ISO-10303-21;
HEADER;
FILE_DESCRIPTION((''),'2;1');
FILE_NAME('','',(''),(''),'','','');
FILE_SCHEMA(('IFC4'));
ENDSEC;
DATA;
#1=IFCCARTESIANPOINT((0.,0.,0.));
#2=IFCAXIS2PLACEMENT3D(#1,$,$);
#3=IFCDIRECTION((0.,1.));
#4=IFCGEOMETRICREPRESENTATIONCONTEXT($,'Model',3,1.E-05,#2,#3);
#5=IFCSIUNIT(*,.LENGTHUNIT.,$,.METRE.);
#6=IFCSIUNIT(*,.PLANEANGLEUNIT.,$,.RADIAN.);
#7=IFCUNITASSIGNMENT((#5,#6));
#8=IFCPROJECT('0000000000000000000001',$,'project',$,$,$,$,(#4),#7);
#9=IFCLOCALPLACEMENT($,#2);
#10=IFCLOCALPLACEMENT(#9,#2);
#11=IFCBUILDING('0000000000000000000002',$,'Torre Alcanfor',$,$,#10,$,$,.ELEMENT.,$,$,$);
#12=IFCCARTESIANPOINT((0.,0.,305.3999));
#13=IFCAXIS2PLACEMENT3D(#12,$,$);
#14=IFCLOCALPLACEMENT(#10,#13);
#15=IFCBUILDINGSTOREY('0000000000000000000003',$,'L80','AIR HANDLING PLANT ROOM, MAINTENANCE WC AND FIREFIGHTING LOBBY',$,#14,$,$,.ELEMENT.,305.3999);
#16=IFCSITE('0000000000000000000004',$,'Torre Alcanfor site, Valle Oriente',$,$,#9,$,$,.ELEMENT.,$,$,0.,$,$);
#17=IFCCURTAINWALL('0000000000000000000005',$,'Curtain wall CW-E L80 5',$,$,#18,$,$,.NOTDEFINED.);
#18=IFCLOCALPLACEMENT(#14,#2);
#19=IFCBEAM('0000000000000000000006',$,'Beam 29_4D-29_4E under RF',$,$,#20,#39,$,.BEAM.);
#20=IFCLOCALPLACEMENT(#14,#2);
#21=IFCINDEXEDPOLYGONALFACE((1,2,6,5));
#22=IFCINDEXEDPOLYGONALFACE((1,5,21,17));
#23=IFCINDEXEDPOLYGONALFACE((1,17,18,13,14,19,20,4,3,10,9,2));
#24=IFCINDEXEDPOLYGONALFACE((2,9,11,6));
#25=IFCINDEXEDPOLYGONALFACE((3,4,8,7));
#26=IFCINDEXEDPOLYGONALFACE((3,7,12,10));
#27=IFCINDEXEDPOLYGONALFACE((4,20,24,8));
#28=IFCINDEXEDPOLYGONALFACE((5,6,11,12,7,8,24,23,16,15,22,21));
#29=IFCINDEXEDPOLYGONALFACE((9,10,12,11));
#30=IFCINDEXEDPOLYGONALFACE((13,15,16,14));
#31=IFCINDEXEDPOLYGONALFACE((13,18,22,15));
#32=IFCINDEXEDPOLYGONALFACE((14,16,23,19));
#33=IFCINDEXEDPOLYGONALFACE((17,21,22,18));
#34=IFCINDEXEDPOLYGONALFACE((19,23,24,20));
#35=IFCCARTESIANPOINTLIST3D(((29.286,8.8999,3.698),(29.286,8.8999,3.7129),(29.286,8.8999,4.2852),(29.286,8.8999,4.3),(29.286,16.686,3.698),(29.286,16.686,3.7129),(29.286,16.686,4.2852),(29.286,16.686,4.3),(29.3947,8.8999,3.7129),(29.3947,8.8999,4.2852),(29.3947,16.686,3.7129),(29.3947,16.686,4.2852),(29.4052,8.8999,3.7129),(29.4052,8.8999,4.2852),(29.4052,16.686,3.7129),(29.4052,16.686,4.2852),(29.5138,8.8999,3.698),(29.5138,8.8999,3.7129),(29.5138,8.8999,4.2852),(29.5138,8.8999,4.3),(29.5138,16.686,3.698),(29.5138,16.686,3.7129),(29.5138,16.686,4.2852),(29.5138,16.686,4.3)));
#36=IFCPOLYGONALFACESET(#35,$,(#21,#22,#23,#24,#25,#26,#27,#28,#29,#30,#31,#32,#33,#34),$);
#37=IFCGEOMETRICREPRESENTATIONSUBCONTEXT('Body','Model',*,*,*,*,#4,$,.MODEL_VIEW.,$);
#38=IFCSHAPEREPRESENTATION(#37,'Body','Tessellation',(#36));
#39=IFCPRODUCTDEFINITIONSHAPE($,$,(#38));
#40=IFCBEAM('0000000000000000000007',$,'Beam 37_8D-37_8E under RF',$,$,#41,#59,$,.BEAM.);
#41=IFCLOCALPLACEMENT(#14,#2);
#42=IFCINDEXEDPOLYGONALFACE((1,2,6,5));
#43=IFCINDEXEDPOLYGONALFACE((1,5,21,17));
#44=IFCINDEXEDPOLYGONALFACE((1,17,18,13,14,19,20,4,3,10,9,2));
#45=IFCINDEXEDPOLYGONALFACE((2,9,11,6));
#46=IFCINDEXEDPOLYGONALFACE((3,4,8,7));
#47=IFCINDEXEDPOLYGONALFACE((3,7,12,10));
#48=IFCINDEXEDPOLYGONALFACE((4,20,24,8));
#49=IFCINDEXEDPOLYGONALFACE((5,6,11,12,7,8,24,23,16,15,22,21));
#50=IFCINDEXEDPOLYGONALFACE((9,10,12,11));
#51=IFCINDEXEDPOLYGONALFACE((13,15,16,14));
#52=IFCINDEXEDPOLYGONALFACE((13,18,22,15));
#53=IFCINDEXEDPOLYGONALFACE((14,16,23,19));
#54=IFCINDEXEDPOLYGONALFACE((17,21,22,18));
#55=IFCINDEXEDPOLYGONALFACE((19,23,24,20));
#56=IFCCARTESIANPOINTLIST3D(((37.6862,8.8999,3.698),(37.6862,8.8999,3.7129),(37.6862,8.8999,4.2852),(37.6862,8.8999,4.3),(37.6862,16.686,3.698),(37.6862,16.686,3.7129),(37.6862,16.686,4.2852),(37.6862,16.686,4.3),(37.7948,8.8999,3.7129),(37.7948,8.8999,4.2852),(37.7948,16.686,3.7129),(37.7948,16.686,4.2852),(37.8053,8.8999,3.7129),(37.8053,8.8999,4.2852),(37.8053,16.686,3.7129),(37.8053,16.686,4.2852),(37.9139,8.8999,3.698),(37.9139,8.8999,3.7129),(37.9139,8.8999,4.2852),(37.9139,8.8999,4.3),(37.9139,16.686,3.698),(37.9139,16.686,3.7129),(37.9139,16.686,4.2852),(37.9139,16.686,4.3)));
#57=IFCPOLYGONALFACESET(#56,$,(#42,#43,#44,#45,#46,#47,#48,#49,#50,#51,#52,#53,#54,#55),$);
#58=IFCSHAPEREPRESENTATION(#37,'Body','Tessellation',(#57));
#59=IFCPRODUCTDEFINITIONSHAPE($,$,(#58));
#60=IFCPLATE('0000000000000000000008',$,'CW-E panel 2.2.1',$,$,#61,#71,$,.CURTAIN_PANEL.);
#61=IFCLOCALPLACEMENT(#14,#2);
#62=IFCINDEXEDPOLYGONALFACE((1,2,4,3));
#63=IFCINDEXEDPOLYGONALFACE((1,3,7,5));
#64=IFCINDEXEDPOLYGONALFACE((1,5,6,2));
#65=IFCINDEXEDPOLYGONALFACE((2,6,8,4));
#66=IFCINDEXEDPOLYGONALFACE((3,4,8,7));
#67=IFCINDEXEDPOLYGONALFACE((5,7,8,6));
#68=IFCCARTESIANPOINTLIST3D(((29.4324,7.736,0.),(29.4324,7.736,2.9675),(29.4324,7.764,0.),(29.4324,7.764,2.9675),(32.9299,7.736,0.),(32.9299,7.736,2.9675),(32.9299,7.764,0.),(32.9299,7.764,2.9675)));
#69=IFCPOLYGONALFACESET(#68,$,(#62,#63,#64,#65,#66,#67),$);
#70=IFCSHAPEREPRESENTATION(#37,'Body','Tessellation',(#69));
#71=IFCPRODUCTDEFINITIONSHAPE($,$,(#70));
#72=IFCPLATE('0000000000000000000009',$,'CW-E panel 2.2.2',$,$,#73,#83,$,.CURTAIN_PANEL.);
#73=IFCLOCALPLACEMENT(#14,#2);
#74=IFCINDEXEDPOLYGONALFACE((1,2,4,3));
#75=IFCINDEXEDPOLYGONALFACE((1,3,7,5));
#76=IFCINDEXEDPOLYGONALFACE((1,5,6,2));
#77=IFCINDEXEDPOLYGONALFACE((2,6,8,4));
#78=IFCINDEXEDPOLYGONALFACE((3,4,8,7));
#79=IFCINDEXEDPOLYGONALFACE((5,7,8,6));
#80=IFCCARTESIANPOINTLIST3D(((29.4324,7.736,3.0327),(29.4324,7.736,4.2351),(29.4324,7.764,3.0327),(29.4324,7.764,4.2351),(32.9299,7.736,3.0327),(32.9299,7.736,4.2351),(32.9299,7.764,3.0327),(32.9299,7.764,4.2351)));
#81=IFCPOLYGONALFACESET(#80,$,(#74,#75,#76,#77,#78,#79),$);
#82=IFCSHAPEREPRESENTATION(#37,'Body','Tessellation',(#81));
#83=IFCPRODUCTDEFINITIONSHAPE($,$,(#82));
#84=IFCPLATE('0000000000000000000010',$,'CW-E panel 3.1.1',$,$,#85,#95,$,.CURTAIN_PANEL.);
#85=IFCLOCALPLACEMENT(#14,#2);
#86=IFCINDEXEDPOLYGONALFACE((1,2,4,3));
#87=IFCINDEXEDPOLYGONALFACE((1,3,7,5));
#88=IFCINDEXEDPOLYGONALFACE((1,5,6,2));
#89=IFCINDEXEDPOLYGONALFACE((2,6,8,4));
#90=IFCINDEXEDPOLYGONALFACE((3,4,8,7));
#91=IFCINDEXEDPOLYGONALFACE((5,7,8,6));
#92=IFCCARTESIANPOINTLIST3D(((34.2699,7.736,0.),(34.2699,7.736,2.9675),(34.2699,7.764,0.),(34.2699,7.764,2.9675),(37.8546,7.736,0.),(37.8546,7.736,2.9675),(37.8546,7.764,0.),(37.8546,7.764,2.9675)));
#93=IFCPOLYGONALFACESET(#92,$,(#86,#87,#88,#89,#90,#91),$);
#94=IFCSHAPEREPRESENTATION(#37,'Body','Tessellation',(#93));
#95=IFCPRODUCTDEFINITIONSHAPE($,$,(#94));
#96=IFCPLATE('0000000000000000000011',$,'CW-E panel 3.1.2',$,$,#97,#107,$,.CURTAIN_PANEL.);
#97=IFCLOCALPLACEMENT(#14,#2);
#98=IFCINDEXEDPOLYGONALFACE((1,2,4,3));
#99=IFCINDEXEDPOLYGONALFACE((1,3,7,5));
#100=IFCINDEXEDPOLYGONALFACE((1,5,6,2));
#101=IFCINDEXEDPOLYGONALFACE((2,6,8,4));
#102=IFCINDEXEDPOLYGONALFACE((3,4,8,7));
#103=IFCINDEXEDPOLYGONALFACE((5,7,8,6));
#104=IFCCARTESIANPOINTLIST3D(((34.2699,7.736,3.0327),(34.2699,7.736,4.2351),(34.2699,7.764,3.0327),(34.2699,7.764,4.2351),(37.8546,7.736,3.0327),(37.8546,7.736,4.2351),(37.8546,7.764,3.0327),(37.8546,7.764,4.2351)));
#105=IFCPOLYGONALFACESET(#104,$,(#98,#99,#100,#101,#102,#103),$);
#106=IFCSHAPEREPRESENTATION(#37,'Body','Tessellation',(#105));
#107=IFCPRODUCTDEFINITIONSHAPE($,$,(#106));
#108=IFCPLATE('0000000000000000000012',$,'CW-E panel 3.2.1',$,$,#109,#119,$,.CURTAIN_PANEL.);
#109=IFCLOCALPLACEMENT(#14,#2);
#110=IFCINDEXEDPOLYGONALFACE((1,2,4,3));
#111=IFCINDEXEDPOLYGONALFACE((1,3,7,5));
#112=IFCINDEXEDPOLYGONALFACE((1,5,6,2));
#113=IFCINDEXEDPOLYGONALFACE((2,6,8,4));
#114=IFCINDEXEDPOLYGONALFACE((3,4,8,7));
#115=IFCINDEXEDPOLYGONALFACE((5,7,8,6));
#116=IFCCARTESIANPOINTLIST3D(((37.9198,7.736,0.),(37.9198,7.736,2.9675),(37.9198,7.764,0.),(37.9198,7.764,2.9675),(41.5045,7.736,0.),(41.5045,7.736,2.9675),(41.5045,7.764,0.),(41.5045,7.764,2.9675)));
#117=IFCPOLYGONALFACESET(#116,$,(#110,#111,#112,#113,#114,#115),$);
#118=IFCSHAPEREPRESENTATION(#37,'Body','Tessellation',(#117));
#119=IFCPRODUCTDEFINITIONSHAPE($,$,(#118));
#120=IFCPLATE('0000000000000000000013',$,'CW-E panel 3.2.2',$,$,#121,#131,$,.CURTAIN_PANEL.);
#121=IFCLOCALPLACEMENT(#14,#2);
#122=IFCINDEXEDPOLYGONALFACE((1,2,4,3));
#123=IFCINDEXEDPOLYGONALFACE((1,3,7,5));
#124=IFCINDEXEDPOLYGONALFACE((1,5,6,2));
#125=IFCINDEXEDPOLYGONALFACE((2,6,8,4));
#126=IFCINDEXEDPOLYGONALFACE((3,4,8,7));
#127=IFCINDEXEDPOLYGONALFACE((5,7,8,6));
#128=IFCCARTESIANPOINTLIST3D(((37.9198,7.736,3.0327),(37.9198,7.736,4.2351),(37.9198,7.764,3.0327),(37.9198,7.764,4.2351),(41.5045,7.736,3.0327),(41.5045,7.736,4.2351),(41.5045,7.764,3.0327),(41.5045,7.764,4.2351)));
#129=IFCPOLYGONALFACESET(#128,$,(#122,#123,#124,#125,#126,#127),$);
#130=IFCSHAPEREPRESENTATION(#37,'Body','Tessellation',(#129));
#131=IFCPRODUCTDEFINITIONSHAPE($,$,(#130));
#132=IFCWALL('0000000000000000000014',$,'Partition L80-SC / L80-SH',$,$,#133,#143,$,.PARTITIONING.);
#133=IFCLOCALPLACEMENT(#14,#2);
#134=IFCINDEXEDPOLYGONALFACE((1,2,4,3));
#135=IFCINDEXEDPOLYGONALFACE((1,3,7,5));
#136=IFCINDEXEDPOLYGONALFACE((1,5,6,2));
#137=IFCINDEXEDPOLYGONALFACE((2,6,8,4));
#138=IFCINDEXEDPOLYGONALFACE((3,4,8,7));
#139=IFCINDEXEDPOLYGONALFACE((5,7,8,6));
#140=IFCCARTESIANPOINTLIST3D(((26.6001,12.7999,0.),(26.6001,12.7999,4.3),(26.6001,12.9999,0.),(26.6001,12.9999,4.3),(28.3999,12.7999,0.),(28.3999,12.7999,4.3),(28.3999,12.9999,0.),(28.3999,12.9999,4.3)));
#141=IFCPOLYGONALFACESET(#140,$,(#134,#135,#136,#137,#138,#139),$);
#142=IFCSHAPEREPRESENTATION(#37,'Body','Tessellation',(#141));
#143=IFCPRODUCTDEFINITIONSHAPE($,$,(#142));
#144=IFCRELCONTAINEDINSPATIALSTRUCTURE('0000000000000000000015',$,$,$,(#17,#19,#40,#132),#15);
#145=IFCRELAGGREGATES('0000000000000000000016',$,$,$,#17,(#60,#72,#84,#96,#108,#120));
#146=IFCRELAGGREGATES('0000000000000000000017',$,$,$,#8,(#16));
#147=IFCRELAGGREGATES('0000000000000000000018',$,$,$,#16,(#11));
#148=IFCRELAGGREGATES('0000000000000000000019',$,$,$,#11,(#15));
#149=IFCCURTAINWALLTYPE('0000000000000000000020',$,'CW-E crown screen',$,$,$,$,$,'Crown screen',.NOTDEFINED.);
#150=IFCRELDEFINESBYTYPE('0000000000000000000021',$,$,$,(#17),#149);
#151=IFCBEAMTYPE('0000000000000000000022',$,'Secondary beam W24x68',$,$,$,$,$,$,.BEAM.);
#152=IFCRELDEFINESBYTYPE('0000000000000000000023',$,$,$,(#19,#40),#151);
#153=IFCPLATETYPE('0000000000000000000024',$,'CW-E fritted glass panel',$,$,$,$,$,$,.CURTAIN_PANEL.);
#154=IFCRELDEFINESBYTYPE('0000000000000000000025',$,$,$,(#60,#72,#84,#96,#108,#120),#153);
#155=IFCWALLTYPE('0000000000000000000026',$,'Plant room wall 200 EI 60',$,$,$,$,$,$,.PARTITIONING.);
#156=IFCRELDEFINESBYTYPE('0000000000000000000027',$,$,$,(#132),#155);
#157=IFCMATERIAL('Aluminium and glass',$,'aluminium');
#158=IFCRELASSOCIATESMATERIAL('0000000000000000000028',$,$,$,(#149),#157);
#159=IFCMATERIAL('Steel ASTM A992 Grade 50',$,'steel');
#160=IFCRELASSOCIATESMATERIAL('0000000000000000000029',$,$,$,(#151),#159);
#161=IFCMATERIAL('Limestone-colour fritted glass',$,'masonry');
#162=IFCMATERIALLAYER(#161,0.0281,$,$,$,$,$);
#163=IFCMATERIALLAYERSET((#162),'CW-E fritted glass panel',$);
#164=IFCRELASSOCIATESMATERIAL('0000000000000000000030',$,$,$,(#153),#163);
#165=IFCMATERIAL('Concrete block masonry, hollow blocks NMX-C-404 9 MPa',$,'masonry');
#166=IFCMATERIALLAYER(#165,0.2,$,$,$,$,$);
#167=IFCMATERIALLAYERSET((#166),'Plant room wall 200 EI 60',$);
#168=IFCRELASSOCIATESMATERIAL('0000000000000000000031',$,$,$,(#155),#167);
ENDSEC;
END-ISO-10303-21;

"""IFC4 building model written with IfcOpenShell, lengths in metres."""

from ifc_helpers import new_model, si_unit, direction, frame, frame_2d, origin, origin_2d, place, context, subcontext, project, spatial, rectangle, i_section, extrude, material, layer, layer_set, material_profile, profile_set, type_object, element, aggregate, save


model = new_model("IFC4")

# Units and contexts
model_context = context("Model", 3, precision=1e-05, world=origin(), true_north=direction((0.0, 1.0)))
body_context = subcontext(model_context, "Body", "Model", "MODEL_VIEW")
ifc_project = project(units=[si_unit("LENGTHUNIT", "METRE"), si_unit("PLANEANGLEUNIT", "RADIAN")], contexts=[model_context])

# Site, building, storey
site_placement = place(None, origin())
site = spatial("IfcSite", under=ifc_project, at=site_placement, Name="Torre Alcanfor site, Valle Oriente", CompositionType="ELEMENT", RefElevation=0.0)
building_placement = place(site_placement, origin())
building = spatial("IfcBuilding", under=site, at=building_placement, Name="Torre Alcanfor", CompositionType="ELEMENT")
storey_placement = place(building_placement, frame((0.0, 0.0, 305.3999)))
storey = spatial("IfcBuildingStorey", under=building, at=storey_placement, Name="L80", Description="AIR HANDLING PLANT ROOM, MAINTENANCE WC AND FIREFIGHTING LOBBY", CompositionType="ELEMENT", Elevation=305.3999)

# Curtain wall
ifc_material_1 = material(Name="Aluminium and glass", Category="aluminium")
curtain_wall_type = type_object("IfcCurtainWallType", Name="CW-E crown screen", ElementType="Crown screen", PredefinedType="NOTDEFINED", material=ifc_material_1)
curtain_wall_placement = place(storey_placement, origin())
curtain_wall = element("IfcCurtainWall", 1, at=curtain_wall_placement, inside=storey, type_object=curtain_wall_type, Name="Curtain wall CW-E L80 5", PredefinedType="NOTDEFINED")

# Beams
ifc_material_2 = material(Name="Steel ASTM A992 Grade 50", Category="steel")
ifc_material_profile_1 = material_profile(ifc_material_2, i_section(OverallWidth=0.2278, OverallDepth=0.6021, WebThickness=0.0105, FlangeThickness=0.0149, at=origin_2d()), Name="W24x68")
ifc_profile_set_1 = profile_set([ifc_material_profile_1], Name="Steel ASTM A992 Grade 50")
beam_type_1 = type_object("IfcBeamType", Name="Secondary beam W24x68", PredefinedType="BEAM", material=ifc_profile_set_1)
for number, where, z_axis, x_axis, name in (
    (2, (29.3999, 8.8999, 3.999), (0.0, 1.0, 0.0), (-1.0, 0.0, 0.0), "Beam 29_4D-29_4E under RF"),
    (3, (37.8, 8.8999, 3.999), (0.0, 1.0, 0.0), (-1.0, 0.0, 0.0), "Beam 37_8D-37_8E under RF"),
):
    element("IfcBeam", number, at=place(storey_placement, frame(where, z_axis=z_axis, x_axis=x_axis)), inside=storey, type_object=beam_type_1, Name=name, PredefinedType="BEAM", context=body_context, shape_type="SweptSolid", body=[
        extrude(i_section(OverallWidth=0.2278, OverallDepth=0.6021, WebThickness=0.0105, FlangeThickness=0.0149, at=origin_2d()), origin(), (0.0, 0.0, 1.0), 7.7861),
    ])

# Plates
ifc_material_3 = material(Name="Limestone-colour fritted glass", Category="masonry")
ifc_layer_1 = layer(ifc_material_3, 0.0281)
ifc_layer_set_1 = layer_set([ifc_layer_1], Name="CW-E fritted glass panel")
plate_type = type_object("IfcPlateType", Name="CW-E fritted glass panel", PredefinedType="CURTAIN_PANEL", material=ifc_layer_set_1)
plate_1_placement = place(storey_placement, frame((31.1812, 7.75, 0.0), z_axis=(0.0, 0.0, 1.0), x_axis=(1.0, 0.0, 0.0)))
plate_1 = element("IfcPlate", 4, at=plate_1_placement, type_object=plate_type, Name="CW-E panel 2.2.1", PredefinedType="CURTAIN_PANEL", context=body_context, shape_type="SweptSolid", body=[
    extrude(rectangle(XDim=3.4976, YDim=0.0281, at=origin_2d()), origin(), (0.0, 0.0, 1.0), 2.9675),
])
plate_2_placement = place(storey_placement, frame((31.1812, 7.75, 3.0327), z_axis=(0.0, 0.0, 1.0), x_axis=(1.0, 0.0, 0.0)))
plate_2 = element("IfcPlate", 5, at=plate_2_placement, type_object=plate_type, Name="CW-E panel 2.2.2", PredefinedType="CURTAIN_PANEL", context=body_context, shape_type="SweptSolid", body=[
    extrude(rectangle(XDim=3.4976, YDim=0.0281, at=origin_2d()), origin(), (0.0, 0.0, 1.0), 1.2024),
])
plate_3_placement = place(storey_placement, frame((36.0623, 7.75, 0.0), z_axis=(0.0, 0.0, 1.0), x_axis=(1.0, 0.0, 0.0)))
plate_3 = element("IfcPlate", 6, at=plate_3_placement, type_object=plate_type, Name="CW-E panel 3.1.1", PredefinedType="CURTAIN_PANEL", context=body_context, shape_type="SweptSolid", body=[
    extrude(rectangle(XDim=3.5847, YDim=0.0281, at=origin_2d()), origin(), (0.0, 0.0, 1.0), 2.9675),
])
plate_4_placement = place(storey_placement, frame((36.0623, 7.75, 3.0327), z_axis=(0.0, 0.0, 1.0), x_axis=(1.0, 0.0, 0.0)))
plate_4 = element("IfcPlate", 7, at=plate_4_placement, type_object=plate_type, Name="CW-E panel 3.1.2", PredefinedType="CURTAIN_PANEL", context=body_context, shape_type="SweptSolid", body=[
    extrude(rectangle(XDim=3.5847, YDim=0.0281, at=origin_2d()), origin(), (0.0, 0.0, 1.0), 1.2024),
])
plate_5_placement = place(storey_placement, frame((39.7122, 7.75, 0.0), z_axis=(0.0, 0.0, 1.0), x_axis=(1.0, 0.0, 0.0)))
plate_5 = element("IfcPlate", 8, at=plate_5_placement, type_object=plate_type, Name="CW-E panel 3.2.1", PredefinedType="CURTAIN_PANEL", context=body_context, shape_type="SweptSolid", body=[
    extrude(rectangle(XDim=3.5847, YDim=0.0281, at=origin_2d()), origin(), (0.0, 0.0, 1.0), 2.9675),
])
plate_6_placement = place(storey_placement, frame((39.7122, 7.75, 3.0327), z_axis=(0.0, 0.0, 1.0), x_axis=(1.0, 0.0, 0.0)))
plate_6 = element("IfcPlate", 9, at=plate_6_placement, type_object=plate_type, Name="CW-E panel 3.2.2", PredefinedType="CURTAIN_PANEL", context=body_context, shape_type="SweptSolid", body=[
    extrude(rectangle(XDim=3.5847, YDim=0.0281, at=origin_2d()), origin(), (0.0, 0.0, 1.0), 1.2024),
])
aggregate(curtain_wall, [plate_1, plate_2, plate_3, plate_4, plate_5, plate_6])

# Wall
ifc_material_4 = material(Name="Concrete block masonry, hollow blocks NMX-C-404 9 MPa", Category="masonry")
ifc_layer_2 = layer(ifc_material_4, 0.2)
ifc_layer_set_2 = layer_set([ifc_layer_2], Name="Plant room wall 200 EI 60")
wall_type = type_object("IfcWallType", Name="Plant room wall 200 EI 60", PredefinedType="PARTITIONING", material=ifc_layer_set_2)
wall_placement = place(storey_placement, frame((28.3999, 12.8999, 0.0), z_axis=(0.0, 0.0, 1.0), x_axis=(-1.0, 0.0, 0.0)))
element("IfcWall", 10, at=wall_placement, inside=storey, type_object=wall_type, Name="Partition L80-SC / L80-SH", PredefinedType="PARTITIONING", context=body_context, shape_type="SweptSolid", body=[
    extrude(rectangle(XDim=1.7998, YDim=0.2, at=frame_2d((0.8999, 0.0))), origin(), (0.0, 0.0, 1.0), 4.3),
])

save(model, "model.ifc")
